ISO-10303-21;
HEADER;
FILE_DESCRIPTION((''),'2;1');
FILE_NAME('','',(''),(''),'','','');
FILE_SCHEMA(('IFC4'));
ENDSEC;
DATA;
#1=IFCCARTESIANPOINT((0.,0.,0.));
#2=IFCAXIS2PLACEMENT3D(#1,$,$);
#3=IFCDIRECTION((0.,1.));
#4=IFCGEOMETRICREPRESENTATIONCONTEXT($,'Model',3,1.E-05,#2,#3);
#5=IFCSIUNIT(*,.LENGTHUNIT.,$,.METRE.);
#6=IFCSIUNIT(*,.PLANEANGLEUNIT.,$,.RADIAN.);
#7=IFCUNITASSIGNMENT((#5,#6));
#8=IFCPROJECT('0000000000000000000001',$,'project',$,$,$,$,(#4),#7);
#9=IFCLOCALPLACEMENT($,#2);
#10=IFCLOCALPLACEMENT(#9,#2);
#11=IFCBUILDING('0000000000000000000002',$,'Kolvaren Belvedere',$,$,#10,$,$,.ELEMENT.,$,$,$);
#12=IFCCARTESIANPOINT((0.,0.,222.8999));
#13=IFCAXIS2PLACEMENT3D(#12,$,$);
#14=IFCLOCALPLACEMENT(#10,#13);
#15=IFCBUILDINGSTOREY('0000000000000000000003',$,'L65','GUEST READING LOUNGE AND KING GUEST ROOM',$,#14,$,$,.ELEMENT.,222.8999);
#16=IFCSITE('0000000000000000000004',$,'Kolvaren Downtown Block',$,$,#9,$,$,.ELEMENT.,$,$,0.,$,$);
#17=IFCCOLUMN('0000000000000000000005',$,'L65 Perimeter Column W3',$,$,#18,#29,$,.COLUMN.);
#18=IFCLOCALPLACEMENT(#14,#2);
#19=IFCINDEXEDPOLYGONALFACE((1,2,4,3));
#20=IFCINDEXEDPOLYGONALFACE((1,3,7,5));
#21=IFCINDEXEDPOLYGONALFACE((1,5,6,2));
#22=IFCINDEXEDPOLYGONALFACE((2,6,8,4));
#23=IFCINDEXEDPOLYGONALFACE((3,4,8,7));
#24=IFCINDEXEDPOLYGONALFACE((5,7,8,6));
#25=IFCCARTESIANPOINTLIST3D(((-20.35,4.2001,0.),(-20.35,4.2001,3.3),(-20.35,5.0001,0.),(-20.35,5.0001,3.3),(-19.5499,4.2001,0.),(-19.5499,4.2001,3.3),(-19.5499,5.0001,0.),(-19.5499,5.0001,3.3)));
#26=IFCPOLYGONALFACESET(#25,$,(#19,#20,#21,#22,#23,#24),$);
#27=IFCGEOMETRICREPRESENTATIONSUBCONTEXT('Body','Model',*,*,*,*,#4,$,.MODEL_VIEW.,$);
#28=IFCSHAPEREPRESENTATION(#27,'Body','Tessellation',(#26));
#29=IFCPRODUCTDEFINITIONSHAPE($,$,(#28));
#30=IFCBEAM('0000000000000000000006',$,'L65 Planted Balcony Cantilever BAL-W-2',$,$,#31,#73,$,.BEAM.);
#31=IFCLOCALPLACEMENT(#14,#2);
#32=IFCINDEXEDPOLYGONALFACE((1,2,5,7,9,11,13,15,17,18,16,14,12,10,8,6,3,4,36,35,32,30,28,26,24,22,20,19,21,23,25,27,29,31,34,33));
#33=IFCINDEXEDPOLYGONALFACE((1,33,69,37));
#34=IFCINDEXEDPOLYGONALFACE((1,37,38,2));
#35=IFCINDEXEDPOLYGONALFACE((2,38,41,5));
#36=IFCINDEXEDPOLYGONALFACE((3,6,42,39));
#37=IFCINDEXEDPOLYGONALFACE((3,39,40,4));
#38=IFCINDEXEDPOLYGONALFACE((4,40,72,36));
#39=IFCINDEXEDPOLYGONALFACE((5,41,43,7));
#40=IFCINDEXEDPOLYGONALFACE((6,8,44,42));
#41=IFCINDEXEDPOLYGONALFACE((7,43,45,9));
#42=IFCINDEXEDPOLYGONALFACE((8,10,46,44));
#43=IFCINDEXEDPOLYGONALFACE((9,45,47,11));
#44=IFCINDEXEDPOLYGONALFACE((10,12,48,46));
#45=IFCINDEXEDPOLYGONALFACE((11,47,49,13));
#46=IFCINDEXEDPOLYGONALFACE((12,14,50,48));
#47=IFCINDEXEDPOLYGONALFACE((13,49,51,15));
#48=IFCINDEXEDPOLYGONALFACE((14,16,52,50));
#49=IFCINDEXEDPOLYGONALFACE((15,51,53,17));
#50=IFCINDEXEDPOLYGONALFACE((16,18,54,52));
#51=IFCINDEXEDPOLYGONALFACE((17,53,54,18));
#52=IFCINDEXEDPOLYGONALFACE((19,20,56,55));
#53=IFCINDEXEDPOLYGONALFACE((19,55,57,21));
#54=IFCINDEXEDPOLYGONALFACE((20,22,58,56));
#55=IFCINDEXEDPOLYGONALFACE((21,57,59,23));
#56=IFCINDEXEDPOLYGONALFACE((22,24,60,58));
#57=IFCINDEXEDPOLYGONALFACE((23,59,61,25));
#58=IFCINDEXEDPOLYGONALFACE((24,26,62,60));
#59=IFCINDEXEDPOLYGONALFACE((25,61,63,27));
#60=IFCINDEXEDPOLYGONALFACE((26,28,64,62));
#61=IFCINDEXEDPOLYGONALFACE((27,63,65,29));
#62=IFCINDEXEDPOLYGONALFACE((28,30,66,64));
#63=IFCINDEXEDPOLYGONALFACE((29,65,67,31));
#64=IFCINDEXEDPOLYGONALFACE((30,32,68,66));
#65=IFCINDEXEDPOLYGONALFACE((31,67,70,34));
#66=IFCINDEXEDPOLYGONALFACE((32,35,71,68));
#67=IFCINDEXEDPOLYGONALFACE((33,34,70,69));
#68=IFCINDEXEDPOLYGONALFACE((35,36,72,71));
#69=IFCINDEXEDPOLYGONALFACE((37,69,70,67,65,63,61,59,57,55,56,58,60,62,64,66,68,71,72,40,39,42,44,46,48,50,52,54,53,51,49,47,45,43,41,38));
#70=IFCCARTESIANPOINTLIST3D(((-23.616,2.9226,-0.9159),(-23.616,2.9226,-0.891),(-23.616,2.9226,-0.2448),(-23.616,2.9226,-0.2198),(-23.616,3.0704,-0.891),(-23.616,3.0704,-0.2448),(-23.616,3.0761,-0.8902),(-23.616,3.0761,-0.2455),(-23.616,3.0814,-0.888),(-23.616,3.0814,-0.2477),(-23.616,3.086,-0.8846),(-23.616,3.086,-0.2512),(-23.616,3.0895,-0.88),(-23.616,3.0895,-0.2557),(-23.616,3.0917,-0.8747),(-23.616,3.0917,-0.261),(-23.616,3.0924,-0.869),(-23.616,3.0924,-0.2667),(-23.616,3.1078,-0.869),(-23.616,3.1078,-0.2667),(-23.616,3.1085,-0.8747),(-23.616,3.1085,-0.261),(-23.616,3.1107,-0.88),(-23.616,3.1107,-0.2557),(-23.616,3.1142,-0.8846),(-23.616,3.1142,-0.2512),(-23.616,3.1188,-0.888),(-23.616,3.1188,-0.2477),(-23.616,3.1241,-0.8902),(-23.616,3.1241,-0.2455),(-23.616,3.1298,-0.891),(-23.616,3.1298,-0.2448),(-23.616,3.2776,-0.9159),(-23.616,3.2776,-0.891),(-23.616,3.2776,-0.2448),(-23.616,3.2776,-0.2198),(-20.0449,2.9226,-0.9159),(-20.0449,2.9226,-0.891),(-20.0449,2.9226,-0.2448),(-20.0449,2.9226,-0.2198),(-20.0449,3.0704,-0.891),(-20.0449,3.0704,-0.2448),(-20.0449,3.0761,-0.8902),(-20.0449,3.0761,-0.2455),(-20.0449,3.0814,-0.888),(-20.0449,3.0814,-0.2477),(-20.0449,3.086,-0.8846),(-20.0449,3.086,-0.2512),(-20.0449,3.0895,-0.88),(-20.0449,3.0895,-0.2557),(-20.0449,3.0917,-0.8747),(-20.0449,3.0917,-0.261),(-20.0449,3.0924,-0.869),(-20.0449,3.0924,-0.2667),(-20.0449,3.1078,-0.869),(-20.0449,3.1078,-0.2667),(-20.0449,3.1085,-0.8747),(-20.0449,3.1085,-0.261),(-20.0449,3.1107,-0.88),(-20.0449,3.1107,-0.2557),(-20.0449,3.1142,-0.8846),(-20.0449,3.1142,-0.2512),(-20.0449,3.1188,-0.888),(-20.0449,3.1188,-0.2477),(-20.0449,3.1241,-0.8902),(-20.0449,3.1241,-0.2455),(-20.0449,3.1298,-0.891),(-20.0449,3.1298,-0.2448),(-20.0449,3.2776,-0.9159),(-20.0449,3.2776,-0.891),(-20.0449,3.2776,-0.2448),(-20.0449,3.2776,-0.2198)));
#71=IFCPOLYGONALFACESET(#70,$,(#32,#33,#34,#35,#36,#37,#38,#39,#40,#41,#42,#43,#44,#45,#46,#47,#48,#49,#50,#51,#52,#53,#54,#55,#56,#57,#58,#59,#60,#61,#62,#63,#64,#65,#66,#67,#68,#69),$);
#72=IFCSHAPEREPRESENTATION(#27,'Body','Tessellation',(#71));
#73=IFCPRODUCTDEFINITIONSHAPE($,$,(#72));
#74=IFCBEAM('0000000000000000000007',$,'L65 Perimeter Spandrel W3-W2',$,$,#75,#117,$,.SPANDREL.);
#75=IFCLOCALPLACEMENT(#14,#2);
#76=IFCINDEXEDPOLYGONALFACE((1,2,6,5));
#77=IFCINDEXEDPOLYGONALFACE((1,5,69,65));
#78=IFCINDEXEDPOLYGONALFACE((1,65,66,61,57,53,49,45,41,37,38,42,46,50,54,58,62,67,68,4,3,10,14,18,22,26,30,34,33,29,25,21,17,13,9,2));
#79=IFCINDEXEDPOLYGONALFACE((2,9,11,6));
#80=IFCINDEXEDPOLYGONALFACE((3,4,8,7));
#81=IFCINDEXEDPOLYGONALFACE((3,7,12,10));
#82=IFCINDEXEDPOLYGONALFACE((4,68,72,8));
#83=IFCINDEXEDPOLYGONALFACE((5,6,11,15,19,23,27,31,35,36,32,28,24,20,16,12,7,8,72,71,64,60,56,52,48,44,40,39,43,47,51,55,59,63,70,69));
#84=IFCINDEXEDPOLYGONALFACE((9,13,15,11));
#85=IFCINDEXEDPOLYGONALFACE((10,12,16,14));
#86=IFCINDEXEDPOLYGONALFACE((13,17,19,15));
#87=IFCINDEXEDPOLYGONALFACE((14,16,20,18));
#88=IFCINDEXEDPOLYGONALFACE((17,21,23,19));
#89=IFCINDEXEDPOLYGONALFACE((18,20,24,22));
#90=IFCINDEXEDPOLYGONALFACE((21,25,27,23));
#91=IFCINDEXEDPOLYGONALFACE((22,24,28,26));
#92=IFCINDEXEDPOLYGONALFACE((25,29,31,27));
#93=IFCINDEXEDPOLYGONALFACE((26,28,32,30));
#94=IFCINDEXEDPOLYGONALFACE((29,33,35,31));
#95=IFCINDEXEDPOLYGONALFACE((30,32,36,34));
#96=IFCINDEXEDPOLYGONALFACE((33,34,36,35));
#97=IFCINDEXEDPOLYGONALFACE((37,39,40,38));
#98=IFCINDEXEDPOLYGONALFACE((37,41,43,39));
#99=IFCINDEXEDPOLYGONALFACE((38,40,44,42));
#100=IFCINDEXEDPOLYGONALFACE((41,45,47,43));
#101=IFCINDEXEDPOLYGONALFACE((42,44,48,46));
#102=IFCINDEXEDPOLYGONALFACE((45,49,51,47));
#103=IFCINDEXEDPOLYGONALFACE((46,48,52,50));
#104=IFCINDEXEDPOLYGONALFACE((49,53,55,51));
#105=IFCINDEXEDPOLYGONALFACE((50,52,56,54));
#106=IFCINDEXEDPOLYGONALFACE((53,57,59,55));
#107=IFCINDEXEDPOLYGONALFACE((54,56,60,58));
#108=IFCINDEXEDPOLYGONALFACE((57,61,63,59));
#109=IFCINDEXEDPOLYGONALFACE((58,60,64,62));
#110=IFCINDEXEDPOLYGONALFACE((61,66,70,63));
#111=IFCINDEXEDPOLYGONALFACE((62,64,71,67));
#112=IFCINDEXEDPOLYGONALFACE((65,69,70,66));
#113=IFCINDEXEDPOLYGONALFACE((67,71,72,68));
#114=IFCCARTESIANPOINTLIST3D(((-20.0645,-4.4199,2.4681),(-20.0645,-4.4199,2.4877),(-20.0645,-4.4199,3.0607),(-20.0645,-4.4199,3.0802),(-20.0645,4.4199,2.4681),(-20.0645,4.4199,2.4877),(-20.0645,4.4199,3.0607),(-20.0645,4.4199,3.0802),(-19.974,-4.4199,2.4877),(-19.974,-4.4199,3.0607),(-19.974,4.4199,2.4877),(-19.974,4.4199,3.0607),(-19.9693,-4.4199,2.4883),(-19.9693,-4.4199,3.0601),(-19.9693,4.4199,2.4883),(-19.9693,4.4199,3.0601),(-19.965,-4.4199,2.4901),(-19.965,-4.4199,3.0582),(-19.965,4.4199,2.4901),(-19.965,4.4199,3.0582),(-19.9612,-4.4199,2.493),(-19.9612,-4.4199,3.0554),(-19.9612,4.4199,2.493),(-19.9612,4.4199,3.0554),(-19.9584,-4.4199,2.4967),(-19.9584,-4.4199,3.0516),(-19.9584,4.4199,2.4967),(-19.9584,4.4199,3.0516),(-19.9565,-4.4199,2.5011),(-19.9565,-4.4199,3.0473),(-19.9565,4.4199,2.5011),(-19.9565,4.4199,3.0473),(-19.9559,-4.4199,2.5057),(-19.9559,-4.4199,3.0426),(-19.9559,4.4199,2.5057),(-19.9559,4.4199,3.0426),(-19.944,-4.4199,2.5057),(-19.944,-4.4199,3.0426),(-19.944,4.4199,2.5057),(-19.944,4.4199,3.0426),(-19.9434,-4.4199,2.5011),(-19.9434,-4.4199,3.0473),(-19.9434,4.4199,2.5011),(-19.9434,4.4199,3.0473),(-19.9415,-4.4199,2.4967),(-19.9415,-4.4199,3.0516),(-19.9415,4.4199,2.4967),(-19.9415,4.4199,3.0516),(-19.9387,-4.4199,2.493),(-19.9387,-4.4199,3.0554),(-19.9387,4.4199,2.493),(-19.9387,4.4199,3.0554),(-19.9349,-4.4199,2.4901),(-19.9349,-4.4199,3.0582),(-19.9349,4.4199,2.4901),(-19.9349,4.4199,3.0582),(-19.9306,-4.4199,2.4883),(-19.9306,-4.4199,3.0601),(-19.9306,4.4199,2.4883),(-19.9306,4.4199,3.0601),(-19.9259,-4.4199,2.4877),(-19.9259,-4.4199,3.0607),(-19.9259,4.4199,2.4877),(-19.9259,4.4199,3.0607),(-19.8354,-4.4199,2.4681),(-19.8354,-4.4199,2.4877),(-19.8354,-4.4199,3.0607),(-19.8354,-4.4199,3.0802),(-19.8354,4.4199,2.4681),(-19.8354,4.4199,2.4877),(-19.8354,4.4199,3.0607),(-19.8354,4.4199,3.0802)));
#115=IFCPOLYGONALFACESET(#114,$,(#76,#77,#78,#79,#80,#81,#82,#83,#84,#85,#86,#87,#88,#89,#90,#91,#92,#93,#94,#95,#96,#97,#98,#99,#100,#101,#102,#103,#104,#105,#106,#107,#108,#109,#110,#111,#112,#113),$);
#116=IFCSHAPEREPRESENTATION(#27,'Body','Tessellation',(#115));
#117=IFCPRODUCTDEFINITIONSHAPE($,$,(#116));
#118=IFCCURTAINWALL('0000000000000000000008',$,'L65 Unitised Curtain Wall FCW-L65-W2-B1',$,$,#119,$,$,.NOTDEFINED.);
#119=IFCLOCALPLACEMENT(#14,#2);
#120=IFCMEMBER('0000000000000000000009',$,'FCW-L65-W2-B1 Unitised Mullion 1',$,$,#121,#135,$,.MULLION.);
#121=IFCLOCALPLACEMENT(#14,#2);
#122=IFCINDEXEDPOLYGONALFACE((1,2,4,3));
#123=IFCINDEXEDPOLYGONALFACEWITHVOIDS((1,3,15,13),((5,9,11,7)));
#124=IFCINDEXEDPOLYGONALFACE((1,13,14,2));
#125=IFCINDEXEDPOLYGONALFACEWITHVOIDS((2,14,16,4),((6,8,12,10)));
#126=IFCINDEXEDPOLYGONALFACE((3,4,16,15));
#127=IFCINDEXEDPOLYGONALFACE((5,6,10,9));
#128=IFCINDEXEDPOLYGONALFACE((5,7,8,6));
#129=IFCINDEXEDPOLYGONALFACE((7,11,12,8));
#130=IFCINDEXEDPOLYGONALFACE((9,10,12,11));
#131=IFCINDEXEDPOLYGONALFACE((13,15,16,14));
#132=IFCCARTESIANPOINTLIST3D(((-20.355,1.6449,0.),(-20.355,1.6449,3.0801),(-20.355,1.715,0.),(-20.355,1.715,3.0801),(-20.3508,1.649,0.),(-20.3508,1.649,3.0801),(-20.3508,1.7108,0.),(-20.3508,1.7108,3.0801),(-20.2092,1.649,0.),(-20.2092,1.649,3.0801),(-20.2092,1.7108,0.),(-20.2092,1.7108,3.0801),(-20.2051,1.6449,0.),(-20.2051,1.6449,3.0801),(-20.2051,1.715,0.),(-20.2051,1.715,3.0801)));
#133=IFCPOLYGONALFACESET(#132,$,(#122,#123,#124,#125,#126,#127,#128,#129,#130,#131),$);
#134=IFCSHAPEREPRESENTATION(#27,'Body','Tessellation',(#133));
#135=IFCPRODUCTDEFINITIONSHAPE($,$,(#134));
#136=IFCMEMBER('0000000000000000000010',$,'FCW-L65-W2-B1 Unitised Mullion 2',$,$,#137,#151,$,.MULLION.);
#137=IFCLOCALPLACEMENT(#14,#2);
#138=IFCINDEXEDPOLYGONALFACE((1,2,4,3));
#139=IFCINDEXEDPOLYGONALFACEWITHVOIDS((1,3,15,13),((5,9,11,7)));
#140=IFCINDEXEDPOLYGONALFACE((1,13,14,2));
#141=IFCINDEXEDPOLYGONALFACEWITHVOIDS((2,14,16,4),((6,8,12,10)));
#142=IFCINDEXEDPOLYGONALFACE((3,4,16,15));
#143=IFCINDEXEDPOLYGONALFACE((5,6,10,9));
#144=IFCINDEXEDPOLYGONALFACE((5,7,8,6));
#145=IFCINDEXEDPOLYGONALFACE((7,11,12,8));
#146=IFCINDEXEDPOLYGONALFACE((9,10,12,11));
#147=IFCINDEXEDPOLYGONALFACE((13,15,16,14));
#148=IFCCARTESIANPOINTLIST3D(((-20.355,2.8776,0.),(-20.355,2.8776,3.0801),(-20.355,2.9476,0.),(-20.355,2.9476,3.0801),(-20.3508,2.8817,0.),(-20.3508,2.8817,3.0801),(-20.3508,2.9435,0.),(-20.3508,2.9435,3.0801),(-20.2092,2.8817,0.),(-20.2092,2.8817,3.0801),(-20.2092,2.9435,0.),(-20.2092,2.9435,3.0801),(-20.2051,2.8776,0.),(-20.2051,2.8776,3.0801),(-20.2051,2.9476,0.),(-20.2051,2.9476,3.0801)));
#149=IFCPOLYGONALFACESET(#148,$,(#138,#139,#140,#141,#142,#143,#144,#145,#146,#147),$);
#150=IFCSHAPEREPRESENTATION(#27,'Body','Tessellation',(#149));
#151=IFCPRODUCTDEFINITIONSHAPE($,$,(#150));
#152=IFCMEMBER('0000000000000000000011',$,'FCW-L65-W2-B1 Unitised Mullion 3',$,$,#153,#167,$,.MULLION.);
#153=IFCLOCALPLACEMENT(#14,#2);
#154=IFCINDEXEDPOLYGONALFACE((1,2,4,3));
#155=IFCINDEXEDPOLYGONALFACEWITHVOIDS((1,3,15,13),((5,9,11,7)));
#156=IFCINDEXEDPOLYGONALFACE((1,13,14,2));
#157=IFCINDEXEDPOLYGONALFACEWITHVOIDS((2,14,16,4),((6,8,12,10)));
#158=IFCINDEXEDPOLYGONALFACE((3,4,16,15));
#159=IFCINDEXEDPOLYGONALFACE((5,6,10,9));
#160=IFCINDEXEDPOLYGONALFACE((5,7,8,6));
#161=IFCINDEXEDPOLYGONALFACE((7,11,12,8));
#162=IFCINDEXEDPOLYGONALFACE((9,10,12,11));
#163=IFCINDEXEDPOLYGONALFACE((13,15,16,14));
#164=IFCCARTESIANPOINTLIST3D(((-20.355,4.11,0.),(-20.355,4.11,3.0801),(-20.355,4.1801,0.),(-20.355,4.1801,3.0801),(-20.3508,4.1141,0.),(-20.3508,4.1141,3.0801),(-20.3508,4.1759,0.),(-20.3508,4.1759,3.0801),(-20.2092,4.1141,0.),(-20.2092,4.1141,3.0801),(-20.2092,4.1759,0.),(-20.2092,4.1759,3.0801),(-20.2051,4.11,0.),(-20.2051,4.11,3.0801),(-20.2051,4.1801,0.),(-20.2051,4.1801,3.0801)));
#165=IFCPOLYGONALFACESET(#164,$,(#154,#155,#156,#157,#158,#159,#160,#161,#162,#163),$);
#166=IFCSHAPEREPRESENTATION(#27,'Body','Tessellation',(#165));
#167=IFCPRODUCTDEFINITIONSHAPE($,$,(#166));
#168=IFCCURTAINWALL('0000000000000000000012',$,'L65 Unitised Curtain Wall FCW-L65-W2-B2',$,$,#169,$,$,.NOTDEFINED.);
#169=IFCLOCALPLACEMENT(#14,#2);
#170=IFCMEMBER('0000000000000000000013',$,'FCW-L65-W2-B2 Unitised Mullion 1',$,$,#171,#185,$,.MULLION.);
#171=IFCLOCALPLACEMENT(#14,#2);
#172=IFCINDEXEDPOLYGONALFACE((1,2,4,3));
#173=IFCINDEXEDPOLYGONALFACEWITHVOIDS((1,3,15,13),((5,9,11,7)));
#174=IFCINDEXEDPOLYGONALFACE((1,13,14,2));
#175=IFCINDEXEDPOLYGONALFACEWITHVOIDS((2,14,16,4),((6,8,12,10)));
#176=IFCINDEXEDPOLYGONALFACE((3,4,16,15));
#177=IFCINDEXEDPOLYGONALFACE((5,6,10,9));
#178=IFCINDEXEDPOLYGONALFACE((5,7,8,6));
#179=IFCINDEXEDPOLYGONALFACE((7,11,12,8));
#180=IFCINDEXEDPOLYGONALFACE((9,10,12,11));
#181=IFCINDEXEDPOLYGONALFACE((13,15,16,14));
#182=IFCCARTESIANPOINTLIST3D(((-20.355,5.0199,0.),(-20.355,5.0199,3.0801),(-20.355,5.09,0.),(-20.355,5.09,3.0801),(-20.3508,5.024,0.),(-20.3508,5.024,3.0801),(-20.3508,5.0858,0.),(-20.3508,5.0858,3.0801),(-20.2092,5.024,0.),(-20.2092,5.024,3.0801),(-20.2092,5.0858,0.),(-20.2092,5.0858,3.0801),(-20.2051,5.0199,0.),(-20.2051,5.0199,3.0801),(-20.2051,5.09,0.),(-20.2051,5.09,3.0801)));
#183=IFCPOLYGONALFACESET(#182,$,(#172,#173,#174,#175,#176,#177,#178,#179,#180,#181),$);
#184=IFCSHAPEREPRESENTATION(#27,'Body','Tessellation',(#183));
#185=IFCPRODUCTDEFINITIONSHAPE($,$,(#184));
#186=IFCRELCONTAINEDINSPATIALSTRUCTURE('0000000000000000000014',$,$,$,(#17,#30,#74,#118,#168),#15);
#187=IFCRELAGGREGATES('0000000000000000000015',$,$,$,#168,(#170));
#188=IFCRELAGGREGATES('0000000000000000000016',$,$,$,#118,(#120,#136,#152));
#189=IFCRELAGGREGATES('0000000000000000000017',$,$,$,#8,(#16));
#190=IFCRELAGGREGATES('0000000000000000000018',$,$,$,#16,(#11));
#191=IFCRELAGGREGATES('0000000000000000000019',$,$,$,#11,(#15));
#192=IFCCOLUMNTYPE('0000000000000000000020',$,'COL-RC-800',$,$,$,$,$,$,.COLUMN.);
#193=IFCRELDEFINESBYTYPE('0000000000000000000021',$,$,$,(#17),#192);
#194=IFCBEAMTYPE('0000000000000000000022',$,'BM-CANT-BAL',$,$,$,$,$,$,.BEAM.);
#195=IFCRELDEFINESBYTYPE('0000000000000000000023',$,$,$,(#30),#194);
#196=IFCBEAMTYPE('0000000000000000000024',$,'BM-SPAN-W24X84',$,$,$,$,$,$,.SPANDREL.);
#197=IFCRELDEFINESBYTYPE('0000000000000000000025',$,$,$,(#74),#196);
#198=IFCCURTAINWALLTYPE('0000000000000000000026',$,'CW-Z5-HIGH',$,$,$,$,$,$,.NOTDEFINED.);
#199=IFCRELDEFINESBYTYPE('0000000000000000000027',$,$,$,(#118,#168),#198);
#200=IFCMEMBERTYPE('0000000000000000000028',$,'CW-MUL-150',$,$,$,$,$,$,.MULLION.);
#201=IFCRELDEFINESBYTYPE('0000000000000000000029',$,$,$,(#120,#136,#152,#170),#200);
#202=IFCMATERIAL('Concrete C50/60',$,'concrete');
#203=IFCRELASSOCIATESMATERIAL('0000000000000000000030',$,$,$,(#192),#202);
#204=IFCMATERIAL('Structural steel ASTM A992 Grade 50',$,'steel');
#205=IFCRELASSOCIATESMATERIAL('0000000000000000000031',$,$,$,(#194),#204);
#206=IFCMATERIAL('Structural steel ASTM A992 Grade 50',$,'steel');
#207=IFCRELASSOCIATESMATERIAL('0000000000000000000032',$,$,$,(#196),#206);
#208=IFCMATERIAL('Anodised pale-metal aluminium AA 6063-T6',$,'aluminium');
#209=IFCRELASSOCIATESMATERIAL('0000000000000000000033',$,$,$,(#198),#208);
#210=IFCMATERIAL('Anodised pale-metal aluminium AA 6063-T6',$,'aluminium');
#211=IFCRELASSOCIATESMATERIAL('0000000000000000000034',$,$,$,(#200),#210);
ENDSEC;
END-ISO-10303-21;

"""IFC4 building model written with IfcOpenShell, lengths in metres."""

from ifc_helpers import new_model, si_unit, direction, frame, origin, origin_2d, place, context, subcontext, project, spatial, rectangle, hollow_rectangle, i_section, extrude, material, material_profile, profile_set, type_object, element, aggregate, save


model = new_model("IFC4")

# Units and contexts
model_context = context("Model", 3, precision=1e-05, world=origin(), true_north=direction((0.0, 1.0)))
body_context = subcontext(model_context, "Body", "Model", "MODEL_VIEW")
ifc_project = project(units=[si_unit("LENGTHUNIT", "METRE"), si_unit("PLANEANGLEUNIT", "RADIAN")], contexts=[model_context])

# Site, building, storey
site_placement = place(None, origin())
site = spatial("IfcSite", under=ifc_project, at=site_placement, Name="Kolvaren Downtown Block", CompositionType="ELEMENT", RefElevation=0.0)
building_placement = place(site_placement, origin())
building = spatial("IfcBuilding", under=site, at=building_placement, Name="Kolvaren Belvedere", CompositionType="ELEMENT")
storey_placement = place(building_placement, frame((0.0, 0.0, 222.8999)))
storey = spatial("IfcBuildingStorey", under=building, at=storey_placement, Name="L65", Description="GUEST READING LOUNGE AND KING GUEST ROOM", CompositionType="ELEMENT", Elevation=222.8999)

# Column
ifc_material_1 = material(Name="Concrete C50/60", Category="concrete")
ifc_material_profile_1 = material_profile(ifc_material_1, rectangle(XDim=0.8, YDim=0.8, at=origin_2d()), Name="RC 800X800")
ifc_profile_set_1 = profile_set([ifc_material_profile_1], Name="Concrete C50/60")
column_type = type_object("IfcColumnType", Name="COL-RC-800", PredefinedType="COLUMN", material=ifc_profile_set_1)
column_placement = place(storey_placement, frame((-19.95, 4.6001, 0.0), z_axis=(0.0, 0.0, 1.0), x_axis=(1.0, 0.0, 0.0)))
element("IfcColumn", 1, at=column_placement, inside=storey, type_object=column_type, Name="L65 Perimeter Column W3", PredefinedType="COLUMN", context=body_context, shape_type="SweptSolid", body=[
    extrude(rectangle(XDim=0.8, YDim=0.8, at=origin_2d()), origin(), (0.0, 0.0, 1.0), 3.3),
])

# Beams
ifc_material_2 = material(Name="Structural steel ASTM A992 Grade 50", Category="steel")
ifc_material_profile_2 = material_profile(ifc_material_2, i_section(OverallWidth=0.355, OverallDepth=0.696, WebThickness=0.0154, FlangeThickness=0.0249, FilletRadius=0.022, at=origin_2d()), Name="W27X146")
ifc_profile_set_2 = profile_set([ifc_material_profile_2], Name="Structural steel ASTM A992 Grade 50")
beam_type_1 = type_object("IfcBeamType", Name="BM-CANT-BAL", PredefinedType="BEAM", material=ifc_profile_set_2)
beam_1_placement = place(storey_placement, frame((-20.0449, 3.1001, -0.5679), z_axis=(-1.0, 0.0, 0.0), x_axis=(0.0, -1.0, 0.0)))
element("IfcBeam", 2, at=beam_1_placement, inside=storey, type_object=beam_type_1, Name="L65 Planted Balcony Cantilever BAL-W-2", PredefinedType="BEAM", context=body_context, shape_type="SweptSolid", body=[
    extrude(i_section(OverallWidth=0.355, OverallDepth=0.696, WebThickness=0.0154, FlangeThickness=0.0249, FilletRadius=0.022, at=origin_2d()), origin(), (0.0, 0.0, 1.0), 3.571),
])
ifc_material_3 = material(Name="Structural steel ASTM A992 Grade 50", Category="steel")
ifc_material_profile_3 = material_profile(ifc_material_3, i_section(OverallWidth=0.229, OverallDepth=0.6121, WebThickness=0.012, FlangeThickness=0.0195, FilletRadius=0.0181, at=origin_2d()), Name="W24X84")
ifc_profile_set_3 = profile_set([ifc_material_profile_3], Name="Structural steel ASTM A992 Grade 50")
beam_type_2 = type_object("IfcBeamType", Name="BM-SPAN-W24X84", PredefinedType="SPANDREL", material=ifc_profile_set_3)
beam_2_placement = place(storey_placement, frame((-19.95, 4.4199, 2.7742), z_axis=(0.0, -1.0, 0.0), x_axis=(1.0, 0.0, 0.0)))
element("IfcBeam", 3, at=beam_2_placement, inside=storey, type_object=beam_type_2, Name="L65 Perimeter Spandrel W3-W2", PredefinedType="SPANDREL", context=body_context, shape_type="SweptSolid", body=[
    extrude(i_section(OverallWidth=0.229, OverallDepth=0.6121, WebThickness=0.012, FlangeThickness=0.0195, FilletRadius=0.0181, at=origin_2d()), origin(), (0.0, 0.0, 1.0), 8.8398),
])

# Curtain wall, members
ifc_material_4 = material(Name="Anodised pale-metal aluminium AA 6063-T6", Category="aluminium")
curtain_wall_type = type_object("IfcCurtainWallType", Name="CW-Z5-HIGH", PredefinedType="NOTDEFINED", material=ifc_material_4)
curtain_wall_1_placement = place(storey_placement, origin())
curtain_wall_1 = element("IfcCurtainWall", 4, at=curtain_wall_1_placement, inside=storey, type_object=curtain_wall_type, Name="L65 Unitised Curtain Wall FCW-L65-W2-B1", PredefinedType="NOTDEFINED")
ifc_material_5 = material(Name="Anodised pale-metal aluminium AA 6063-T6", Category="aluminium")
ifc_material_profile_4 = material_profile(ifc_material_5, hollow_rectangle(XDim=0.0701, YDim=0.1499, WallThickness=0.0042, at=origin_2d()), Name="ALU-MUL-150X70")
ifc_profile_set_4 = profile_set([ifc_material_profile_4], Name="Anodised pale-metal aluminium AA 6063-T6")
member_type_1 = type_object("IfcMemberType", Name="CW-MUL-150", PredefinedType="MULLION", material=ifc_profile_set_4)
member_1_placement = place(storey_placement, frame((-20.28, 1.6799, 0.0), z_axis=(0.0, 0.0, 1.0), x_axis=(0.0, 1.0, 0.0)))
member_1 = element("IfcMember", 5, at=member_1_placement, type_object=member_type_1, Name="FCW-L65-W2-B1 Unitised Mullion 1", PredefinedType="MULLION", context=body_context, shape_type="SweptSolid", body=[
    extrude(hollow_rectangle(XDim=0.0701, YDim=0.1499, WallThickness=0.0042, at=origin_2d()), origin(), (0.0, 0.0, 1.0), 3.0801),
])
member_2_placement = place(storey_placement, frame((-20.28, 2.9126, 0.0), z_axis=(0.0, 0.0, 1.0), x_axis=(0.0, 1.0, 0.0)))
member_2 = element("IfcMember", 6, at=member_2_placement, type_object=member_type_1, Name="FCW-L65-W2-B1 Unitised Mullion 2", PredefinedType="MULLION", context=body_context, shape_type="SweptSolid", body=[
    extrude(hollow_rectangle(XDim=0.0701, YDim=0.1499, WallThickness=0.0042, at=origin_2d()), origin(), (0.0, 0.0, 1.0), 3.0801),
])
member_3_placement = place(storey_placement, frame((-20.28, 4.145, 0.0), z_axis=(0.0, 0.0, 1.0), x_axis=(0.0, 1.0, 0.0)))
member_3 = element("IfcMember", 7, at=member_3_placement, type_object=member_type_1, Name="FCW-L65-W2-B1 Unitised Mullion 3", PredefinedType="MULLION", context=body_context, shape_type="SweptSolid", body=[
    extrude(hollow_rectangle(XDim=0.0701, YDim=0.1499, WallThickness=0.0042, at=origin_2d()), origin(), (0.0, 0.0, 1.0), 3.0801),
])

# Curtain wall, member
curtain_wall_2_placement = place(storey_placement, origin())
curtain_wall_2 = element("IfcCurtainWall", 8, at=curtain_wall_2_placement, inside=storey, type_object=curtain_wall_type, Name="L65 Unitised Curtain Wall FCW-L65-W2-B2", PredefinedType="NOTDEFINED")
member_4_placement = place(storey_placement, frame((-20.28, 5.0549, 0.0), z_axis=(0.0, 0.0, 1.0), x_axis=(0.0, 1.0, 0.0)))
member_4 = element("IfcMember", 9, at=member_4_placement, type_object=member_type_1, Name="FCW-L65-W2-B2 Unitised Mullion 1", PredefinedType="MULLION", context=body_context, shape_type="SweptSolid", body=[
    extrude(hollow_rectangle(XDim=0.0701, YDim=0.1499, WallThickness=0.0042, at=origin_2d()), origin(), (0.0, 0.0, 1.0), 3.0801),
])

aggregate(curtain_wall_2, [member_4])

aggregate(curtain_wall_1, [member_1, member_2, member_3])

save(model, "model.ifc")
